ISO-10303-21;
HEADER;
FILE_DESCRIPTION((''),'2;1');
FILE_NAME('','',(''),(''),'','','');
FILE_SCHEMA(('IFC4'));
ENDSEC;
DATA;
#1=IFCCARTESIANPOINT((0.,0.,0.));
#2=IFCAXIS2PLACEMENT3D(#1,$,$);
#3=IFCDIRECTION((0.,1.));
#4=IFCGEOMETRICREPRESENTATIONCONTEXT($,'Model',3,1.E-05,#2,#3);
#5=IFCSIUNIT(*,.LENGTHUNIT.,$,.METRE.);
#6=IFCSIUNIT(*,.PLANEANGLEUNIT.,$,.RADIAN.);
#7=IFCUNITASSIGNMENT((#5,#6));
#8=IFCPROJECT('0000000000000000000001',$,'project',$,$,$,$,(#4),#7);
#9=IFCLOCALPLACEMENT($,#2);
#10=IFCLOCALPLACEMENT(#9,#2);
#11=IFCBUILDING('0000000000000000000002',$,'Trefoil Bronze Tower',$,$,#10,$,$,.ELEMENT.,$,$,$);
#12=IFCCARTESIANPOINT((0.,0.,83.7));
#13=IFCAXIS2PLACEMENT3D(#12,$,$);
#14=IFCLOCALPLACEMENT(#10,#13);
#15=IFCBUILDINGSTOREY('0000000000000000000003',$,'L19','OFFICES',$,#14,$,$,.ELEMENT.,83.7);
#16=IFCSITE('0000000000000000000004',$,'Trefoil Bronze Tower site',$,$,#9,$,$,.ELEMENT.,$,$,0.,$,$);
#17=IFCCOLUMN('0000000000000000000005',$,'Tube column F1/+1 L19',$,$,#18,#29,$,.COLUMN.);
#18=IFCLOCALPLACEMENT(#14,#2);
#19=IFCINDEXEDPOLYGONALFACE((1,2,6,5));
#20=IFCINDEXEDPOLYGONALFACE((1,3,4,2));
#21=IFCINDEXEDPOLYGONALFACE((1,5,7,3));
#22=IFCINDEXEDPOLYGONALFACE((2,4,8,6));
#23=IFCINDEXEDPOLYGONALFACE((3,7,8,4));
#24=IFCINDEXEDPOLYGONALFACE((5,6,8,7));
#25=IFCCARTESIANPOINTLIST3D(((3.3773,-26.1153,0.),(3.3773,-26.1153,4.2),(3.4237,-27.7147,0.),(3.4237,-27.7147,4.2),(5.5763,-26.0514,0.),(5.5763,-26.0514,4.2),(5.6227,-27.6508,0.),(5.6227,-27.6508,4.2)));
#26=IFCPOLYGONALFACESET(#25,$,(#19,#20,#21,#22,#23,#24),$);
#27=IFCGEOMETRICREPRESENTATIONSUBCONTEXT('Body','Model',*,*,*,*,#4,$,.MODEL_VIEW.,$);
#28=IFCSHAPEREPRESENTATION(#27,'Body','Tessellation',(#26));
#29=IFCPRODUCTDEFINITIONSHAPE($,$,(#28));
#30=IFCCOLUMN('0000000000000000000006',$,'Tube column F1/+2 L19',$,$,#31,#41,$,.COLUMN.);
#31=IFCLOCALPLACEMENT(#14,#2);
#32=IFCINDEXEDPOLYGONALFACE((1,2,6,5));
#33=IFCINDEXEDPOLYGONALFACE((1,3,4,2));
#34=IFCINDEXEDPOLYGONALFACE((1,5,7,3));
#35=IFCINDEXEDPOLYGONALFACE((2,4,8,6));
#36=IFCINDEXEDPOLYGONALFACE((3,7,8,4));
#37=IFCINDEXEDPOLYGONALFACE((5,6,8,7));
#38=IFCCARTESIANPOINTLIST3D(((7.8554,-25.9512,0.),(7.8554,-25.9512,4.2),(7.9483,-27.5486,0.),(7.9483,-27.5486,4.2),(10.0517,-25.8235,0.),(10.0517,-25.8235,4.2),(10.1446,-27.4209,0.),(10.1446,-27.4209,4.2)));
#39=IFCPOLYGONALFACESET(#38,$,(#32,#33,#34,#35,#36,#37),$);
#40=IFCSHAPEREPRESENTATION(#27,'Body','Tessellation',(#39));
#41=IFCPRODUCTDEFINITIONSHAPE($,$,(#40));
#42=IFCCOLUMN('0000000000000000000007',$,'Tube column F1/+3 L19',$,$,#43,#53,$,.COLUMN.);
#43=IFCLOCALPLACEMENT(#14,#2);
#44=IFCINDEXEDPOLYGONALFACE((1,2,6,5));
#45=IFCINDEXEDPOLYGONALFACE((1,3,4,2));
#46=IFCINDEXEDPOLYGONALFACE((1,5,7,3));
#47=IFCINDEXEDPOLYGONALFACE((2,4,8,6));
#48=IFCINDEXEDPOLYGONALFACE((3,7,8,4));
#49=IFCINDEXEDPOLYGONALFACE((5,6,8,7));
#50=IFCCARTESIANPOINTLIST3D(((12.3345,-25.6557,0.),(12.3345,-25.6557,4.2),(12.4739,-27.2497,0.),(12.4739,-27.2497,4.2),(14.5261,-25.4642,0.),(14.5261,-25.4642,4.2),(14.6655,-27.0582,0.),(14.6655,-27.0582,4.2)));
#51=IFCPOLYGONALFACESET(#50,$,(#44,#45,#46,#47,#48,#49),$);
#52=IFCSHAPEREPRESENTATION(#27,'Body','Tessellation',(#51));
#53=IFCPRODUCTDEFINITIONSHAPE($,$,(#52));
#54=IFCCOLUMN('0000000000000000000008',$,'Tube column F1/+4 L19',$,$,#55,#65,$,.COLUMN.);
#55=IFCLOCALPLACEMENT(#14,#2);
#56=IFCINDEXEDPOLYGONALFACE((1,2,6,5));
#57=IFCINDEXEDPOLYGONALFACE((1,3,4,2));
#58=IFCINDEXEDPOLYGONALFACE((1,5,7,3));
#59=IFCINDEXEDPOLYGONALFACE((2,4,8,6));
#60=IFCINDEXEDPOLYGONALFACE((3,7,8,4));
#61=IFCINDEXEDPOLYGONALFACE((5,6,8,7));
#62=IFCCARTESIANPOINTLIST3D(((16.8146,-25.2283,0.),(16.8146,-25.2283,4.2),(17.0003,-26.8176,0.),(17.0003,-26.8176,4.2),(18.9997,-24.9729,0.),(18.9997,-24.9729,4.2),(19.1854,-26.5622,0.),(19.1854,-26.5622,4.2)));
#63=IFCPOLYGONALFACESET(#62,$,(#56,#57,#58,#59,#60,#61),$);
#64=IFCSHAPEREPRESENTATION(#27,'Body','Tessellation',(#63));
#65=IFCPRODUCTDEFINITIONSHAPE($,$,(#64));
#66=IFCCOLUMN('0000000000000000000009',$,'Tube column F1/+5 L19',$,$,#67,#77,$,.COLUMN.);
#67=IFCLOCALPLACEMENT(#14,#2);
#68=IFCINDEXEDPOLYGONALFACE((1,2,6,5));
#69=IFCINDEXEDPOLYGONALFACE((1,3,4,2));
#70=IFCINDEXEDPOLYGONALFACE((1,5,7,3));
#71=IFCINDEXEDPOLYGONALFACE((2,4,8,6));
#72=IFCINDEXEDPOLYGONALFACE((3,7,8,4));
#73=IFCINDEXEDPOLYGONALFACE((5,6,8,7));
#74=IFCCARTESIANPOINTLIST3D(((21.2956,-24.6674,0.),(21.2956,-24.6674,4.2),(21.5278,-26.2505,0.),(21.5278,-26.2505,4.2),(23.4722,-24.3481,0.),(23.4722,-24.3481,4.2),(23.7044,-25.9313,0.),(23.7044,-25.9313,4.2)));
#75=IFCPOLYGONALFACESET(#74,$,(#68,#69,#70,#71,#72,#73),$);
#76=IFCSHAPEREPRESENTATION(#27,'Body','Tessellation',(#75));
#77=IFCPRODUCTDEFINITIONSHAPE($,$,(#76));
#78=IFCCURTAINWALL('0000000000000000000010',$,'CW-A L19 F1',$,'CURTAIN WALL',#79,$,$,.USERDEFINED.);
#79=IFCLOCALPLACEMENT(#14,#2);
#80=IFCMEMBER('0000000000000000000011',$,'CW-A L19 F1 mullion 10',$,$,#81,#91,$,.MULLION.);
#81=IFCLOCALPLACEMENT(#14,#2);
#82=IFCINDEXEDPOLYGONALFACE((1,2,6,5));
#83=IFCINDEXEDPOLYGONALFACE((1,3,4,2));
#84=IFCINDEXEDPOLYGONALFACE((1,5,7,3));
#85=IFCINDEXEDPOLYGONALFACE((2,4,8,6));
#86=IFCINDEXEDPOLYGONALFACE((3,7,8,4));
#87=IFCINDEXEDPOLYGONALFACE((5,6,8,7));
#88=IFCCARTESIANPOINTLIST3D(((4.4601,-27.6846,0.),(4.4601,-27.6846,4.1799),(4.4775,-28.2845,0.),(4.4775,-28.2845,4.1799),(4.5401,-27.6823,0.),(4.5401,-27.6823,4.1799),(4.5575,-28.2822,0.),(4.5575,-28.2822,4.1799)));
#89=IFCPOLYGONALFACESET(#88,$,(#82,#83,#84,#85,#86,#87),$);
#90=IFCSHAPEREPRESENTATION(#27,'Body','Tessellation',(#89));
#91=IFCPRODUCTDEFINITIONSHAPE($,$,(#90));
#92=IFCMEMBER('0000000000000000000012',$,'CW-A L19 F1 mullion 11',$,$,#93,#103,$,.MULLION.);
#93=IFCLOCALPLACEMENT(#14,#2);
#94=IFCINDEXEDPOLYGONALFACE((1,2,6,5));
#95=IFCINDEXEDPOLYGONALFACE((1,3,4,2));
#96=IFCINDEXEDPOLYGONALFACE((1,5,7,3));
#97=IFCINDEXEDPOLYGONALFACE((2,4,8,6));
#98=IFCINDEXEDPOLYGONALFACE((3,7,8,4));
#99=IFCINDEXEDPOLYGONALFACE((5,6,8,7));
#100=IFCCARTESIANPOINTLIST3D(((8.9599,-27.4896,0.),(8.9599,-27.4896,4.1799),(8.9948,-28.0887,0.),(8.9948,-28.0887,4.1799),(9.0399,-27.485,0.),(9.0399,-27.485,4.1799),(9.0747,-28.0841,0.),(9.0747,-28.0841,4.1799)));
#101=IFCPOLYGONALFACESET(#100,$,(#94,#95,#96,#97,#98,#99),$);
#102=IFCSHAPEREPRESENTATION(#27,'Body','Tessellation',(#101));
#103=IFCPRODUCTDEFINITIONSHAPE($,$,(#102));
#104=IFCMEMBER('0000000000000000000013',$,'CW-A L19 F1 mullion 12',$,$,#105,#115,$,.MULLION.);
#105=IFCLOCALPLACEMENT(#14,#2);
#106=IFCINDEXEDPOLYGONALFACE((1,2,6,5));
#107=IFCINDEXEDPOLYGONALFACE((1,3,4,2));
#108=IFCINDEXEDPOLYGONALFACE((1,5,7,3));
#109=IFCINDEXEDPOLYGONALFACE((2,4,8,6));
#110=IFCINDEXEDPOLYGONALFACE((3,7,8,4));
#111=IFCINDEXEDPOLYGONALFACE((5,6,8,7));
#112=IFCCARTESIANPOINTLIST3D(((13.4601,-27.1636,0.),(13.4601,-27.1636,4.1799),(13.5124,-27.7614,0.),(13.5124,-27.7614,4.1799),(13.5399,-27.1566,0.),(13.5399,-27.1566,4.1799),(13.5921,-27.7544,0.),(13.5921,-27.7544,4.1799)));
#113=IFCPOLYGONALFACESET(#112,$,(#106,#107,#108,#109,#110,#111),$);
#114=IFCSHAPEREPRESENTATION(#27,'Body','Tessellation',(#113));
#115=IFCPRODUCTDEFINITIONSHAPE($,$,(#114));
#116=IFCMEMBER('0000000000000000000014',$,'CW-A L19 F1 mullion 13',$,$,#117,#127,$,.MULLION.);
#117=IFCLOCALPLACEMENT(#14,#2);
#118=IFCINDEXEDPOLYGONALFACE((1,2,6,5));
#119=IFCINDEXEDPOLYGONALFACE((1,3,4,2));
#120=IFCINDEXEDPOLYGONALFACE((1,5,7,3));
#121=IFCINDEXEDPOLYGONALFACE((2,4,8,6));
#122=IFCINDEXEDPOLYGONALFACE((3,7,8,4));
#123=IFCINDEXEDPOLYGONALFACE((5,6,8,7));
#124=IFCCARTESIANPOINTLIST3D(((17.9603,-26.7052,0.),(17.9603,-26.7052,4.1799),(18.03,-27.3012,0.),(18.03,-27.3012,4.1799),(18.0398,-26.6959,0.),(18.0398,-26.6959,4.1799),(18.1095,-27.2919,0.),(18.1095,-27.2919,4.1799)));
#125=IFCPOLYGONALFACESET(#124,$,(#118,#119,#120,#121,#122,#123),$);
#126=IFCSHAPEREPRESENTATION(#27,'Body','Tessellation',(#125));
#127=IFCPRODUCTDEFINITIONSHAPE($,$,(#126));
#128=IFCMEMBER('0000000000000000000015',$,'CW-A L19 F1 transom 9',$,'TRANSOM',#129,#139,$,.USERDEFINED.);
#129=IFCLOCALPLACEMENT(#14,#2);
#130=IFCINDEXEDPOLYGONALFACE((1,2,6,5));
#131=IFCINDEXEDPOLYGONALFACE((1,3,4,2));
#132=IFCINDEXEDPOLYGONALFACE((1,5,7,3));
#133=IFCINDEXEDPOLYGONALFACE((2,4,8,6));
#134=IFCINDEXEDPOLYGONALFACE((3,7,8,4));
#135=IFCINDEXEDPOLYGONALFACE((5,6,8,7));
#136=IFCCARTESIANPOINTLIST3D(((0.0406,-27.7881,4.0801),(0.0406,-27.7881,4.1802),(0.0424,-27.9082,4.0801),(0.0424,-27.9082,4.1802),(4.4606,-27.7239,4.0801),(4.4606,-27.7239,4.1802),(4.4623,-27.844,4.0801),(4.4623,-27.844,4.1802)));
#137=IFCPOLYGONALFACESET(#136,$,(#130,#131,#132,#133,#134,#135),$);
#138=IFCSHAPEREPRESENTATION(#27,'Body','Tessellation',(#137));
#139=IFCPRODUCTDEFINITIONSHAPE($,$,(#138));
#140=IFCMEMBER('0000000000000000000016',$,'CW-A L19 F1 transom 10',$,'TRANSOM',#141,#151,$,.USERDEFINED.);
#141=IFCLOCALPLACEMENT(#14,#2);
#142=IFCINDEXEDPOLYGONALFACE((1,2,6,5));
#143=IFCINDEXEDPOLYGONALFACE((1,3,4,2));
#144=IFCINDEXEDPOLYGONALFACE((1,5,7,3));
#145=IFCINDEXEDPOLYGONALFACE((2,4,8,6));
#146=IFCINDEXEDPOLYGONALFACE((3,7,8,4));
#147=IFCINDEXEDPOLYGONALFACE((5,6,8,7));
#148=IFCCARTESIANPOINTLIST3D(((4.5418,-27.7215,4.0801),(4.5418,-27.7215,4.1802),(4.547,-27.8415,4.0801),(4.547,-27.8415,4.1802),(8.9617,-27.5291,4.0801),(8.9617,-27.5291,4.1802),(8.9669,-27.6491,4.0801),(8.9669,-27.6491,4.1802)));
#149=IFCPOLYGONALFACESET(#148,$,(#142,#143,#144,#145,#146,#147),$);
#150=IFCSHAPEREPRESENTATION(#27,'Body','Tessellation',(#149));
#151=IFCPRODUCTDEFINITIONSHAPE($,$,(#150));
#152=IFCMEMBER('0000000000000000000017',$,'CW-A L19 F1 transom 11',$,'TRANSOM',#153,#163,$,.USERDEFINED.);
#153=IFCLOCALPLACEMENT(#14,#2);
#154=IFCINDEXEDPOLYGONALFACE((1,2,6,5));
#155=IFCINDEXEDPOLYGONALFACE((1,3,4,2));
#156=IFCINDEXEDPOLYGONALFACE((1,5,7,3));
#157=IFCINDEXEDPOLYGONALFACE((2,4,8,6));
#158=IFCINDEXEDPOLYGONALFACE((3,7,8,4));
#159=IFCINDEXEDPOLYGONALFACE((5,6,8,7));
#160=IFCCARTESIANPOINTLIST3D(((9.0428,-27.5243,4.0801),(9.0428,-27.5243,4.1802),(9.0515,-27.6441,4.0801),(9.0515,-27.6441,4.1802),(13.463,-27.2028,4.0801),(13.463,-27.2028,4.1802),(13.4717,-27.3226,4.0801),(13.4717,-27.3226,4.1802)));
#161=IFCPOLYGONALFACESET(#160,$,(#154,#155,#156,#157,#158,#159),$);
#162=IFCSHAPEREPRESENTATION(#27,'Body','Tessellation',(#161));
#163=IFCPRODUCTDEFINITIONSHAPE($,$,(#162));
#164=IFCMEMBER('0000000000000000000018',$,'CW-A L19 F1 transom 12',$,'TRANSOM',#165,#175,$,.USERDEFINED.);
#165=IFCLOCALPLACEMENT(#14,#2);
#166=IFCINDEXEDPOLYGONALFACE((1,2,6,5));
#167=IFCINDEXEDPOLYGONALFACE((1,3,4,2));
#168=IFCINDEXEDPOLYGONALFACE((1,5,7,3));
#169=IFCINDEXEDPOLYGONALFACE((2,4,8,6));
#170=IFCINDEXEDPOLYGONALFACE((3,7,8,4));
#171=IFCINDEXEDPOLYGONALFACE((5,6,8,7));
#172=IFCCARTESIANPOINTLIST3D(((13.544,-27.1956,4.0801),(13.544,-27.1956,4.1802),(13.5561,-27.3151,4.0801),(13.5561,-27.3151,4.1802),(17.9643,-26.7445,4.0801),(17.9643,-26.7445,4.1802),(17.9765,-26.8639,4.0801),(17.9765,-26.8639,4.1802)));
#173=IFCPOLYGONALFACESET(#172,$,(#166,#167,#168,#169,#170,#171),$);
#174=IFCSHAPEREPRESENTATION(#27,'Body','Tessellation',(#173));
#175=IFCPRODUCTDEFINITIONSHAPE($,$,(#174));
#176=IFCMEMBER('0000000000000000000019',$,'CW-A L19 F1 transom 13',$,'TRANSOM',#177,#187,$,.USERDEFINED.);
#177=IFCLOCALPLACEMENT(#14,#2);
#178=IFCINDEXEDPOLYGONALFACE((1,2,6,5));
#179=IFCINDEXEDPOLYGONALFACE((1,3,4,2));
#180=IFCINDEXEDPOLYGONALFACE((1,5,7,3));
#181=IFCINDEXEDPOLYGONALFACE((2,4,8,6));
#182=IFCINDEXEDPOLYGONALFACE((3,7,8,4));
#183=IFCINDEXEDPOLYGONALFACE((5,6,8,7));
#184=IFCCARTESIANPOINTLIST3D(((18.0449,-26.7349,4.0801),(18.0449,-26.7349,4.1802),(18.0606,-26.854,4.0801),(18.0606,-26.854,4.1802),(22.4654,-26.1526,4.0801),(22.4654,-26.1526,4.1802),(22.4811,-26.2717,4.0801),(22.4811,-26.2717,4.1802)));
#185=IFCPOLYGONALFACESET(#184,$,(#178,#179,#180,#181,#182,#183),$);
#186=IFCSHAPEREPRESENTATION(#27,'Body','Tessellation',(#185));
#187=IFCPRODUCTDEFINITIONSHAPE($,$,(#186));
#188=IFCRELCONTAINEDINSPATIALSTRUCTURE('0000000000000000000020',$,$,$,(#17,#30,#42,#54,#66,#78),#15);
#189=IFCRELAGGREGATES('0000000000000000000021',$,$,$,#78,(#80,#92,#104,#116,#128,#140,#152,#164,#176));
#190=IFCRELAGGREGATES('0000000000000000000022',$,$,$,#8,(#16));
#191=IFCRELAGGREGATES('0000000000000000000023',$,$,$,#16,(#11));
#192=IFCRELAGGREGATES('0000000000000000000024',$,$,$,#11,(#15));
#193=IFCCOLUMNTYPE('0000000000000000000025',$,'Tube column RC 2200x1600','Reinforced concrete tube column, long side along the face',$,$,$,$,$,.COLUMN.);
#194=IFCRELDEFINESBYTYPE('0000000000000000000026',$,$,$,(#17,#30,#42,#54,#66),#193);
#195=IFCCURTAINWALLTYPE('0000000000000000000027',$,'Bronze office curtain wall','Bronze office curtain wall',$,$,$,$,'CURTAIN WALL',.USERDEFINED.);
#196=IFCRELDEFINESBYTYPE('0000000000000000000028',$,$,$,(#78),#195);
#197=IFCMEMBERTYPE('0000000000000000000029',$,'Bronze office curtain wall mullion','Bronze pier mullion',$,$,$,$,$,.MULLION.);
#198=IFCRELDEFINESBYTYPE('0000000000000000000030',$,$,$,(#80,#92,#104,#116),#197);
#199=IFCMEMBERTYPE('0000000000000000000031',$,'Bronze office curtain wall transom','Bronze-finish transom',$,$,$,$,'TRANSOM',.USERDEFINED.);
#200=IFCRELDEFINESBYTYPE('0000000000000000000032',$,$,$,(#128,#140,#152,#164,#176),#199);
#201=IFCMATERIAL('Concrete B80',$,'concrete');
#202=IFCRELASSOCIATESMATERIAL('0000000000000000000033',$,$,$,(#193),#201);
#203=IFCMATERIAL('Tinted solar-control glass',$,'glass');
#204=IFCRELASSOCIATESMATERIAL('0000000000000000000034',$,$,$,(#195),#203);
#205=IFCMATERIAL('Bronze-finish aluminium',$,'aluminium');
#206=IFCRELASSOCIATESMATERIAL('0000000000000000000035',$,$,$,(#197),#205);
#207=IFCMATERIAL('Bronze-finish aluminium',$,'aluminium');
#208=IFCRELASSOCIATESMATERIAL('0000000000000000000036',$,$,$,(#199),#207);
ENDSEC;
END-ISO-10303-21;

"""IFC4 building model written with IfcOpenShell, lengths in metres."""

from ifc_helpers import new_model, si_unit, direction, frame, origin, origin_2d, place, context, subcontext, project, spatial, rectangle, extrude, material, material_profile, profile_set, type_object, element, aggregate, save


model = new_model("IFC4")

# Units and contexts
model_context = context("Model", 3, precision=1e-05, world=origin(), true_north=direction((0.0, 1.0)))
body_context = subcontext(model_context, "Body", "Model", "MODEL_VIEW")
ifc_project = project(units=[si_unit("LENGTHUNIT", "METRE"), si_unit("PLANEANGLEUNIT", "RADIAN")], contexts=[model_context])

# Site, building, storey
site_placement = place(None, origin())
site = spatial("IfcSite", under=ifc_project, at=site_placement, Name="Trefoil Bronze Tower site", CompositionType="ELEMENT", RefElevation=0.0)
building_placement = place(site_placement, origin())
building = spatial("IfcBuilding", under=site, at=building_placement, Name="Trefoil Bronze Tower", CompositionType="ELEMENT")
storey_placement = place(building_placement, frame((0.0, 0.0, 83.7)))
storey = spatial("IfcBuildingStorey", under=building, at=storey_placement, Name="L19", Description="OFFICES", CompositionType="ELEMENT", Elevation=83.7)

# Columns
ifc_material_1 = material(Name="Concrete B80", Category="concrete")
ifc_material_profile_1 = material_profile(ifc_material_1, rectangle(XDim=2.2, YDim=1.6001, at=origin_2d()), Name="RC 2200x1600")
ifc_profile_set_1 = profile_set([ifc_material_profile_1], Name="Concrete B80")
column_type = type_object("IfcColumnType", Name="Tube column RC 2200x1600", Description="Reinforced concrete tube column, long side along the face", PredefinedType="COLUMN", material=ifc_profile_set_1)
for number, where, z_axis, x_axis, name in (
    (1, (4.5, -26.8831, 0.0), (0.0, 0.0, 1.0), (0.999579, 0.029022, 0.0), "Tube column F1/+1 L19"),
    (2, (9.0, -26.686, 0.0), (0.0, 0.0, 1.0), (0.998314, 0.058043, 0.0), "Tube column F1/+2 L19"),
    (3, (13.5, -26.3569, 0.0), (0.0, 0.0, 1.0), (0.996203, 0.087065, 0.0), "Tube column F1/+3 L19"),
    (4, (18.0, -25.8953, 0.0), (0.0, 0.0, 1.0), (0.993239, 0.116087, 0.0), "Tube column F1/+4 L19"),
    (5, (22.5, -25.2993, 0.0), (0.0, 0.0, 1.0), (0.989416, 0.145109, 0.0), "Tube column F1/+5 L19"),
):
    element("IfcColumn", number, at=place(storey_placement, frame(where, z_axis=z_axis, x_axis=x_axis)), inside=storey, type_object=column_type, Name=name, PredefinedType="COLUMN", context=body_context, shape_type="SweptSolid", body=[
        extrude(rectangle(XDim=2.2, YDim=1.6001, at=origin_2d()), origin(), (0.0, 0.0, 1.0), 4.2),
    ])

# Curtain wall, members
ifc_material_2 = material(Name="Tinted solar-control glass", Category="glass")
curtain_wall_type = type_object("IfcCurtainWallType", Name="Bronze office curtain wall", Description="Bronze office curtain wall", ElementType="CURTAIN WALL", PredefinedType="USERDEFINED", material=ifc_material_2)
curtain_wall_placement = place(storey_placement, origin())
curtain_wall = element("IfcCurtainWall", 6, at=curtain_wall_placement, inside=storey, type_object=curtain_wall_type, Name="CW-A L19 F1", ObjectType="CURTAIN WALL", PredefinedType="USERDEFINED")
ifc_material_3 = material(Name="Bronze-finish aluminium", Category="aluminium")
ifc_material_profile_2 = material_profile(ifc_material_3, rectangle(XDim=0.6001, YDim=0.0801, at=origin_2d()), Name="CW-A mullion")
ifc_profile_set_2 = profile_set([ifc_material_profile_2], Name="Bronze-finish aluminium")
member_type_1 = type_object("IfcMemberType", Name="Bronze office curtain wall mullion", Description="Bronze pier mullion", PredefinedType="MULLION", material=ifc_profile_set_2)
member_1_placement = place(storey_placement, frame((4.5088, -27.9834, 0.0), z_axis=(0.0, 0.0, 1.0), x_axis=(-0.029022, 0.999579, 0.0)))
member_1 = element("IfcMember", 7, at=member_1_placement, type_object=member_type_1, Name="CW-A L19 F1 mullion 10", PredefinedType="MULLION", context=body_context, shape_type="SweptSolid", body=[
    extrude(rectangle(XDim=0.6001, YDim=0.0801, at=origin_2d()), origin(), (0.0, 0.0, 1.0), 4.1799),
])
member_2_placement = place(storey_placement, frame((9.0173, -27.7869, 0.0), z_axis=(0.0, 0.0, 1.0), x_axis=(-0.058043, 0.998314, 0.0)))
member_2 = element("IfcMember", 8, at=member_2_placement, type_object=member_type_1, Name="CW-A L19 F1 mullion 11", PredefinedType="MULLION", context=body_context, shape_type="SweptSolid", body=[
    extrude(rectangle(XDim=0.6001, YDim=0.0801, at=origin_2d()), origin(), (0.0, 0.0, 1.0), 4.1799),
])
member_3_placement = place(storey_placement, frame((13.5261, -27.459, 0.0), z_axis=(0.0, 0.0, 1.0), x_axis=(-0.087065, 0.996203, 0.0)))
member_3 = element("IfcMember", 9, at=member_3_placement, type_object=member_type_1, Name="CW-A L19 F1 mullion 12", PredefinedType="MULLION", context=body_context, shape_type="SweptSolid", body=[
    extrude(rectangle(XDim=0.6001, YDim=0.0801, at=origin_2d()), origin(), (0.0, 0.0, 1.0), 4.1799),
])
member_4_placement = place(storey_placement, frame((18.0349, -26.9985, 0.0), z_axis=(0.0, 0.0, 1.0), x_axis=(-0.116087, 0.993239, 0.0)))
member_4 = element("IfcMember", 10, at=member_4_placement, type_object=member_type_1, Name="CW-A L19 F1 mullion 13", PredefinedType="MULLION", context=body_context, shape_type="SweptSolid", body=[
    extrude(rectangle(XDim=0.6001, YDim=0.0801, at=origin_2d()), origin(), (0.0, 0.0, 1.0), 4.1799),
])
ifc_material_4 = material(Name="Bronze-finish aluminium", Category="aluminium")
ifc_material_profile_3 = material_profile(ifc_material_4, rectangle(XDim=0.1201, YDim=0.1001, at=origin_2d()), Name="CW-A transom")
ifc_profile_set_3 = profile_set([ifc_material_profile_3], Name="Bronze-finish aluminium")
member_type_2 = type_object("IfcMemberType", Name="Bronze office curtain wall transom", Description="Bronze-finish transom", ElementType="TRANSOM", PredefinedType="USERDEFINED", material=ifc_profile_set_3)
member_5_placement = place(storey_placement, frame((0.0415, -27.8481, 4.1301), z_axis=(0.999894, 0.014526, 0.0), x_axis=(-0.014526, 0.999894, 0.0)))
member_5 = element("IfcMember", 11, at=member_5_placement, type_object=member_type_2, Name="CW-A L19 F1 transom 9", ObjectType="TRANSOM", PredefinedType="USERDEFINED", context=body_context, shape_type="SweptSolid", body=[
    extrude(rectangle(XDim=0.1201, YDim=0.1001, at=origin_2d()), origin(), (0.0, 0.0, 1.0), 4.4204),
])
member_6_placement = place(storey_placement, frame((4.5444, -27.7815, 4.1301), z_axis=(0.999054, 0.043485, 0.0), x_axis=(-0.043485, 0.999054, 0.0)))
member_6 = element("IfcMember", 12, at=member_6_placement, type_object=member_type_2, Name="CW-A L19 F1 transom 10", ObjectType="TRANSOM", PredefinedType="USERDEFINED", context=body_context, shape_type="SweptSolid", body=[
    extrude(rectangle(XDim=0.1201, YDim=0.1001, at=origin_2d()), origin(), (0.0, 0.0, 1.0), 4.4241),
])
member_7_placement = place(storey_placement, frame((9.0471, -27.5842, 4.1301), z_axis=(0.997365, 0.072551, 0.0), x_axis=(-0.072551, 0.997365, 0.0)))
member_7 = element("IfcMember", 13, at=member_7_placement, type_object=member_type_2, Name="CW-A L19 F1 transom 11", ObjectType="TRANSOM", PredefinedType="USERDEFINED", context=body_context, shape_type="SweptSolid", body=[
    extrude(rectangle(XDim=0.1201, YDim=0.1001, at=origin_2d()), origin(), (0.0, 0.0, 1.0), 4.4319),
])
member_8_placement = place(storey_placement, frame((13.55, -27.2554, 4.1301), z_axis=(0.994832, 0.101538, 0.0), x_axis=(-0.101538, 0.994832, 0.0)))
member_8 = element("IfcMember", 14, at=member_8_placement, type_object=member_type_2, Name="CW-A L19 F1 transom 12", ObjectType="TRANSOM", PredefinedType="USERDEFINED", context=body_context, shape_type="SweptSolid", body=[
    extrude(rectangle(XDim=0.1201, YDim=0.1001, at=origin_2d()), origin(), (0.0, 0.0, 1.0), 4.4434),
])
member_9_placement = place(storey_placement, frame((18.0527, -26.7944, 4.1301), z_axis=(0.991437, 0.130589, 0.0), x_axis=(-0.130589, 0.991437, 0.0)))
member_9 = element("IfcMember", 15, at=member_9_placement, type_object=member_type_2, Name="CW-A L19 F1 transom 13", ObjectType="TRANSOM", PredefinedType="USERDEFINED", context=body_context, shape_type="SweptSolid", body=[
    extrude(rectangle(XDim=0.1201, YDim=0.1001, at=origin_2d()), origin(), (0.0, 0.0, 1.0), 4.4587),
])

aggregate(curtain_wall, [member_1, member_2, member_3, member_4, member_5, member_6, member_7, member_8, member_9])

save(model, "model.ifc")
